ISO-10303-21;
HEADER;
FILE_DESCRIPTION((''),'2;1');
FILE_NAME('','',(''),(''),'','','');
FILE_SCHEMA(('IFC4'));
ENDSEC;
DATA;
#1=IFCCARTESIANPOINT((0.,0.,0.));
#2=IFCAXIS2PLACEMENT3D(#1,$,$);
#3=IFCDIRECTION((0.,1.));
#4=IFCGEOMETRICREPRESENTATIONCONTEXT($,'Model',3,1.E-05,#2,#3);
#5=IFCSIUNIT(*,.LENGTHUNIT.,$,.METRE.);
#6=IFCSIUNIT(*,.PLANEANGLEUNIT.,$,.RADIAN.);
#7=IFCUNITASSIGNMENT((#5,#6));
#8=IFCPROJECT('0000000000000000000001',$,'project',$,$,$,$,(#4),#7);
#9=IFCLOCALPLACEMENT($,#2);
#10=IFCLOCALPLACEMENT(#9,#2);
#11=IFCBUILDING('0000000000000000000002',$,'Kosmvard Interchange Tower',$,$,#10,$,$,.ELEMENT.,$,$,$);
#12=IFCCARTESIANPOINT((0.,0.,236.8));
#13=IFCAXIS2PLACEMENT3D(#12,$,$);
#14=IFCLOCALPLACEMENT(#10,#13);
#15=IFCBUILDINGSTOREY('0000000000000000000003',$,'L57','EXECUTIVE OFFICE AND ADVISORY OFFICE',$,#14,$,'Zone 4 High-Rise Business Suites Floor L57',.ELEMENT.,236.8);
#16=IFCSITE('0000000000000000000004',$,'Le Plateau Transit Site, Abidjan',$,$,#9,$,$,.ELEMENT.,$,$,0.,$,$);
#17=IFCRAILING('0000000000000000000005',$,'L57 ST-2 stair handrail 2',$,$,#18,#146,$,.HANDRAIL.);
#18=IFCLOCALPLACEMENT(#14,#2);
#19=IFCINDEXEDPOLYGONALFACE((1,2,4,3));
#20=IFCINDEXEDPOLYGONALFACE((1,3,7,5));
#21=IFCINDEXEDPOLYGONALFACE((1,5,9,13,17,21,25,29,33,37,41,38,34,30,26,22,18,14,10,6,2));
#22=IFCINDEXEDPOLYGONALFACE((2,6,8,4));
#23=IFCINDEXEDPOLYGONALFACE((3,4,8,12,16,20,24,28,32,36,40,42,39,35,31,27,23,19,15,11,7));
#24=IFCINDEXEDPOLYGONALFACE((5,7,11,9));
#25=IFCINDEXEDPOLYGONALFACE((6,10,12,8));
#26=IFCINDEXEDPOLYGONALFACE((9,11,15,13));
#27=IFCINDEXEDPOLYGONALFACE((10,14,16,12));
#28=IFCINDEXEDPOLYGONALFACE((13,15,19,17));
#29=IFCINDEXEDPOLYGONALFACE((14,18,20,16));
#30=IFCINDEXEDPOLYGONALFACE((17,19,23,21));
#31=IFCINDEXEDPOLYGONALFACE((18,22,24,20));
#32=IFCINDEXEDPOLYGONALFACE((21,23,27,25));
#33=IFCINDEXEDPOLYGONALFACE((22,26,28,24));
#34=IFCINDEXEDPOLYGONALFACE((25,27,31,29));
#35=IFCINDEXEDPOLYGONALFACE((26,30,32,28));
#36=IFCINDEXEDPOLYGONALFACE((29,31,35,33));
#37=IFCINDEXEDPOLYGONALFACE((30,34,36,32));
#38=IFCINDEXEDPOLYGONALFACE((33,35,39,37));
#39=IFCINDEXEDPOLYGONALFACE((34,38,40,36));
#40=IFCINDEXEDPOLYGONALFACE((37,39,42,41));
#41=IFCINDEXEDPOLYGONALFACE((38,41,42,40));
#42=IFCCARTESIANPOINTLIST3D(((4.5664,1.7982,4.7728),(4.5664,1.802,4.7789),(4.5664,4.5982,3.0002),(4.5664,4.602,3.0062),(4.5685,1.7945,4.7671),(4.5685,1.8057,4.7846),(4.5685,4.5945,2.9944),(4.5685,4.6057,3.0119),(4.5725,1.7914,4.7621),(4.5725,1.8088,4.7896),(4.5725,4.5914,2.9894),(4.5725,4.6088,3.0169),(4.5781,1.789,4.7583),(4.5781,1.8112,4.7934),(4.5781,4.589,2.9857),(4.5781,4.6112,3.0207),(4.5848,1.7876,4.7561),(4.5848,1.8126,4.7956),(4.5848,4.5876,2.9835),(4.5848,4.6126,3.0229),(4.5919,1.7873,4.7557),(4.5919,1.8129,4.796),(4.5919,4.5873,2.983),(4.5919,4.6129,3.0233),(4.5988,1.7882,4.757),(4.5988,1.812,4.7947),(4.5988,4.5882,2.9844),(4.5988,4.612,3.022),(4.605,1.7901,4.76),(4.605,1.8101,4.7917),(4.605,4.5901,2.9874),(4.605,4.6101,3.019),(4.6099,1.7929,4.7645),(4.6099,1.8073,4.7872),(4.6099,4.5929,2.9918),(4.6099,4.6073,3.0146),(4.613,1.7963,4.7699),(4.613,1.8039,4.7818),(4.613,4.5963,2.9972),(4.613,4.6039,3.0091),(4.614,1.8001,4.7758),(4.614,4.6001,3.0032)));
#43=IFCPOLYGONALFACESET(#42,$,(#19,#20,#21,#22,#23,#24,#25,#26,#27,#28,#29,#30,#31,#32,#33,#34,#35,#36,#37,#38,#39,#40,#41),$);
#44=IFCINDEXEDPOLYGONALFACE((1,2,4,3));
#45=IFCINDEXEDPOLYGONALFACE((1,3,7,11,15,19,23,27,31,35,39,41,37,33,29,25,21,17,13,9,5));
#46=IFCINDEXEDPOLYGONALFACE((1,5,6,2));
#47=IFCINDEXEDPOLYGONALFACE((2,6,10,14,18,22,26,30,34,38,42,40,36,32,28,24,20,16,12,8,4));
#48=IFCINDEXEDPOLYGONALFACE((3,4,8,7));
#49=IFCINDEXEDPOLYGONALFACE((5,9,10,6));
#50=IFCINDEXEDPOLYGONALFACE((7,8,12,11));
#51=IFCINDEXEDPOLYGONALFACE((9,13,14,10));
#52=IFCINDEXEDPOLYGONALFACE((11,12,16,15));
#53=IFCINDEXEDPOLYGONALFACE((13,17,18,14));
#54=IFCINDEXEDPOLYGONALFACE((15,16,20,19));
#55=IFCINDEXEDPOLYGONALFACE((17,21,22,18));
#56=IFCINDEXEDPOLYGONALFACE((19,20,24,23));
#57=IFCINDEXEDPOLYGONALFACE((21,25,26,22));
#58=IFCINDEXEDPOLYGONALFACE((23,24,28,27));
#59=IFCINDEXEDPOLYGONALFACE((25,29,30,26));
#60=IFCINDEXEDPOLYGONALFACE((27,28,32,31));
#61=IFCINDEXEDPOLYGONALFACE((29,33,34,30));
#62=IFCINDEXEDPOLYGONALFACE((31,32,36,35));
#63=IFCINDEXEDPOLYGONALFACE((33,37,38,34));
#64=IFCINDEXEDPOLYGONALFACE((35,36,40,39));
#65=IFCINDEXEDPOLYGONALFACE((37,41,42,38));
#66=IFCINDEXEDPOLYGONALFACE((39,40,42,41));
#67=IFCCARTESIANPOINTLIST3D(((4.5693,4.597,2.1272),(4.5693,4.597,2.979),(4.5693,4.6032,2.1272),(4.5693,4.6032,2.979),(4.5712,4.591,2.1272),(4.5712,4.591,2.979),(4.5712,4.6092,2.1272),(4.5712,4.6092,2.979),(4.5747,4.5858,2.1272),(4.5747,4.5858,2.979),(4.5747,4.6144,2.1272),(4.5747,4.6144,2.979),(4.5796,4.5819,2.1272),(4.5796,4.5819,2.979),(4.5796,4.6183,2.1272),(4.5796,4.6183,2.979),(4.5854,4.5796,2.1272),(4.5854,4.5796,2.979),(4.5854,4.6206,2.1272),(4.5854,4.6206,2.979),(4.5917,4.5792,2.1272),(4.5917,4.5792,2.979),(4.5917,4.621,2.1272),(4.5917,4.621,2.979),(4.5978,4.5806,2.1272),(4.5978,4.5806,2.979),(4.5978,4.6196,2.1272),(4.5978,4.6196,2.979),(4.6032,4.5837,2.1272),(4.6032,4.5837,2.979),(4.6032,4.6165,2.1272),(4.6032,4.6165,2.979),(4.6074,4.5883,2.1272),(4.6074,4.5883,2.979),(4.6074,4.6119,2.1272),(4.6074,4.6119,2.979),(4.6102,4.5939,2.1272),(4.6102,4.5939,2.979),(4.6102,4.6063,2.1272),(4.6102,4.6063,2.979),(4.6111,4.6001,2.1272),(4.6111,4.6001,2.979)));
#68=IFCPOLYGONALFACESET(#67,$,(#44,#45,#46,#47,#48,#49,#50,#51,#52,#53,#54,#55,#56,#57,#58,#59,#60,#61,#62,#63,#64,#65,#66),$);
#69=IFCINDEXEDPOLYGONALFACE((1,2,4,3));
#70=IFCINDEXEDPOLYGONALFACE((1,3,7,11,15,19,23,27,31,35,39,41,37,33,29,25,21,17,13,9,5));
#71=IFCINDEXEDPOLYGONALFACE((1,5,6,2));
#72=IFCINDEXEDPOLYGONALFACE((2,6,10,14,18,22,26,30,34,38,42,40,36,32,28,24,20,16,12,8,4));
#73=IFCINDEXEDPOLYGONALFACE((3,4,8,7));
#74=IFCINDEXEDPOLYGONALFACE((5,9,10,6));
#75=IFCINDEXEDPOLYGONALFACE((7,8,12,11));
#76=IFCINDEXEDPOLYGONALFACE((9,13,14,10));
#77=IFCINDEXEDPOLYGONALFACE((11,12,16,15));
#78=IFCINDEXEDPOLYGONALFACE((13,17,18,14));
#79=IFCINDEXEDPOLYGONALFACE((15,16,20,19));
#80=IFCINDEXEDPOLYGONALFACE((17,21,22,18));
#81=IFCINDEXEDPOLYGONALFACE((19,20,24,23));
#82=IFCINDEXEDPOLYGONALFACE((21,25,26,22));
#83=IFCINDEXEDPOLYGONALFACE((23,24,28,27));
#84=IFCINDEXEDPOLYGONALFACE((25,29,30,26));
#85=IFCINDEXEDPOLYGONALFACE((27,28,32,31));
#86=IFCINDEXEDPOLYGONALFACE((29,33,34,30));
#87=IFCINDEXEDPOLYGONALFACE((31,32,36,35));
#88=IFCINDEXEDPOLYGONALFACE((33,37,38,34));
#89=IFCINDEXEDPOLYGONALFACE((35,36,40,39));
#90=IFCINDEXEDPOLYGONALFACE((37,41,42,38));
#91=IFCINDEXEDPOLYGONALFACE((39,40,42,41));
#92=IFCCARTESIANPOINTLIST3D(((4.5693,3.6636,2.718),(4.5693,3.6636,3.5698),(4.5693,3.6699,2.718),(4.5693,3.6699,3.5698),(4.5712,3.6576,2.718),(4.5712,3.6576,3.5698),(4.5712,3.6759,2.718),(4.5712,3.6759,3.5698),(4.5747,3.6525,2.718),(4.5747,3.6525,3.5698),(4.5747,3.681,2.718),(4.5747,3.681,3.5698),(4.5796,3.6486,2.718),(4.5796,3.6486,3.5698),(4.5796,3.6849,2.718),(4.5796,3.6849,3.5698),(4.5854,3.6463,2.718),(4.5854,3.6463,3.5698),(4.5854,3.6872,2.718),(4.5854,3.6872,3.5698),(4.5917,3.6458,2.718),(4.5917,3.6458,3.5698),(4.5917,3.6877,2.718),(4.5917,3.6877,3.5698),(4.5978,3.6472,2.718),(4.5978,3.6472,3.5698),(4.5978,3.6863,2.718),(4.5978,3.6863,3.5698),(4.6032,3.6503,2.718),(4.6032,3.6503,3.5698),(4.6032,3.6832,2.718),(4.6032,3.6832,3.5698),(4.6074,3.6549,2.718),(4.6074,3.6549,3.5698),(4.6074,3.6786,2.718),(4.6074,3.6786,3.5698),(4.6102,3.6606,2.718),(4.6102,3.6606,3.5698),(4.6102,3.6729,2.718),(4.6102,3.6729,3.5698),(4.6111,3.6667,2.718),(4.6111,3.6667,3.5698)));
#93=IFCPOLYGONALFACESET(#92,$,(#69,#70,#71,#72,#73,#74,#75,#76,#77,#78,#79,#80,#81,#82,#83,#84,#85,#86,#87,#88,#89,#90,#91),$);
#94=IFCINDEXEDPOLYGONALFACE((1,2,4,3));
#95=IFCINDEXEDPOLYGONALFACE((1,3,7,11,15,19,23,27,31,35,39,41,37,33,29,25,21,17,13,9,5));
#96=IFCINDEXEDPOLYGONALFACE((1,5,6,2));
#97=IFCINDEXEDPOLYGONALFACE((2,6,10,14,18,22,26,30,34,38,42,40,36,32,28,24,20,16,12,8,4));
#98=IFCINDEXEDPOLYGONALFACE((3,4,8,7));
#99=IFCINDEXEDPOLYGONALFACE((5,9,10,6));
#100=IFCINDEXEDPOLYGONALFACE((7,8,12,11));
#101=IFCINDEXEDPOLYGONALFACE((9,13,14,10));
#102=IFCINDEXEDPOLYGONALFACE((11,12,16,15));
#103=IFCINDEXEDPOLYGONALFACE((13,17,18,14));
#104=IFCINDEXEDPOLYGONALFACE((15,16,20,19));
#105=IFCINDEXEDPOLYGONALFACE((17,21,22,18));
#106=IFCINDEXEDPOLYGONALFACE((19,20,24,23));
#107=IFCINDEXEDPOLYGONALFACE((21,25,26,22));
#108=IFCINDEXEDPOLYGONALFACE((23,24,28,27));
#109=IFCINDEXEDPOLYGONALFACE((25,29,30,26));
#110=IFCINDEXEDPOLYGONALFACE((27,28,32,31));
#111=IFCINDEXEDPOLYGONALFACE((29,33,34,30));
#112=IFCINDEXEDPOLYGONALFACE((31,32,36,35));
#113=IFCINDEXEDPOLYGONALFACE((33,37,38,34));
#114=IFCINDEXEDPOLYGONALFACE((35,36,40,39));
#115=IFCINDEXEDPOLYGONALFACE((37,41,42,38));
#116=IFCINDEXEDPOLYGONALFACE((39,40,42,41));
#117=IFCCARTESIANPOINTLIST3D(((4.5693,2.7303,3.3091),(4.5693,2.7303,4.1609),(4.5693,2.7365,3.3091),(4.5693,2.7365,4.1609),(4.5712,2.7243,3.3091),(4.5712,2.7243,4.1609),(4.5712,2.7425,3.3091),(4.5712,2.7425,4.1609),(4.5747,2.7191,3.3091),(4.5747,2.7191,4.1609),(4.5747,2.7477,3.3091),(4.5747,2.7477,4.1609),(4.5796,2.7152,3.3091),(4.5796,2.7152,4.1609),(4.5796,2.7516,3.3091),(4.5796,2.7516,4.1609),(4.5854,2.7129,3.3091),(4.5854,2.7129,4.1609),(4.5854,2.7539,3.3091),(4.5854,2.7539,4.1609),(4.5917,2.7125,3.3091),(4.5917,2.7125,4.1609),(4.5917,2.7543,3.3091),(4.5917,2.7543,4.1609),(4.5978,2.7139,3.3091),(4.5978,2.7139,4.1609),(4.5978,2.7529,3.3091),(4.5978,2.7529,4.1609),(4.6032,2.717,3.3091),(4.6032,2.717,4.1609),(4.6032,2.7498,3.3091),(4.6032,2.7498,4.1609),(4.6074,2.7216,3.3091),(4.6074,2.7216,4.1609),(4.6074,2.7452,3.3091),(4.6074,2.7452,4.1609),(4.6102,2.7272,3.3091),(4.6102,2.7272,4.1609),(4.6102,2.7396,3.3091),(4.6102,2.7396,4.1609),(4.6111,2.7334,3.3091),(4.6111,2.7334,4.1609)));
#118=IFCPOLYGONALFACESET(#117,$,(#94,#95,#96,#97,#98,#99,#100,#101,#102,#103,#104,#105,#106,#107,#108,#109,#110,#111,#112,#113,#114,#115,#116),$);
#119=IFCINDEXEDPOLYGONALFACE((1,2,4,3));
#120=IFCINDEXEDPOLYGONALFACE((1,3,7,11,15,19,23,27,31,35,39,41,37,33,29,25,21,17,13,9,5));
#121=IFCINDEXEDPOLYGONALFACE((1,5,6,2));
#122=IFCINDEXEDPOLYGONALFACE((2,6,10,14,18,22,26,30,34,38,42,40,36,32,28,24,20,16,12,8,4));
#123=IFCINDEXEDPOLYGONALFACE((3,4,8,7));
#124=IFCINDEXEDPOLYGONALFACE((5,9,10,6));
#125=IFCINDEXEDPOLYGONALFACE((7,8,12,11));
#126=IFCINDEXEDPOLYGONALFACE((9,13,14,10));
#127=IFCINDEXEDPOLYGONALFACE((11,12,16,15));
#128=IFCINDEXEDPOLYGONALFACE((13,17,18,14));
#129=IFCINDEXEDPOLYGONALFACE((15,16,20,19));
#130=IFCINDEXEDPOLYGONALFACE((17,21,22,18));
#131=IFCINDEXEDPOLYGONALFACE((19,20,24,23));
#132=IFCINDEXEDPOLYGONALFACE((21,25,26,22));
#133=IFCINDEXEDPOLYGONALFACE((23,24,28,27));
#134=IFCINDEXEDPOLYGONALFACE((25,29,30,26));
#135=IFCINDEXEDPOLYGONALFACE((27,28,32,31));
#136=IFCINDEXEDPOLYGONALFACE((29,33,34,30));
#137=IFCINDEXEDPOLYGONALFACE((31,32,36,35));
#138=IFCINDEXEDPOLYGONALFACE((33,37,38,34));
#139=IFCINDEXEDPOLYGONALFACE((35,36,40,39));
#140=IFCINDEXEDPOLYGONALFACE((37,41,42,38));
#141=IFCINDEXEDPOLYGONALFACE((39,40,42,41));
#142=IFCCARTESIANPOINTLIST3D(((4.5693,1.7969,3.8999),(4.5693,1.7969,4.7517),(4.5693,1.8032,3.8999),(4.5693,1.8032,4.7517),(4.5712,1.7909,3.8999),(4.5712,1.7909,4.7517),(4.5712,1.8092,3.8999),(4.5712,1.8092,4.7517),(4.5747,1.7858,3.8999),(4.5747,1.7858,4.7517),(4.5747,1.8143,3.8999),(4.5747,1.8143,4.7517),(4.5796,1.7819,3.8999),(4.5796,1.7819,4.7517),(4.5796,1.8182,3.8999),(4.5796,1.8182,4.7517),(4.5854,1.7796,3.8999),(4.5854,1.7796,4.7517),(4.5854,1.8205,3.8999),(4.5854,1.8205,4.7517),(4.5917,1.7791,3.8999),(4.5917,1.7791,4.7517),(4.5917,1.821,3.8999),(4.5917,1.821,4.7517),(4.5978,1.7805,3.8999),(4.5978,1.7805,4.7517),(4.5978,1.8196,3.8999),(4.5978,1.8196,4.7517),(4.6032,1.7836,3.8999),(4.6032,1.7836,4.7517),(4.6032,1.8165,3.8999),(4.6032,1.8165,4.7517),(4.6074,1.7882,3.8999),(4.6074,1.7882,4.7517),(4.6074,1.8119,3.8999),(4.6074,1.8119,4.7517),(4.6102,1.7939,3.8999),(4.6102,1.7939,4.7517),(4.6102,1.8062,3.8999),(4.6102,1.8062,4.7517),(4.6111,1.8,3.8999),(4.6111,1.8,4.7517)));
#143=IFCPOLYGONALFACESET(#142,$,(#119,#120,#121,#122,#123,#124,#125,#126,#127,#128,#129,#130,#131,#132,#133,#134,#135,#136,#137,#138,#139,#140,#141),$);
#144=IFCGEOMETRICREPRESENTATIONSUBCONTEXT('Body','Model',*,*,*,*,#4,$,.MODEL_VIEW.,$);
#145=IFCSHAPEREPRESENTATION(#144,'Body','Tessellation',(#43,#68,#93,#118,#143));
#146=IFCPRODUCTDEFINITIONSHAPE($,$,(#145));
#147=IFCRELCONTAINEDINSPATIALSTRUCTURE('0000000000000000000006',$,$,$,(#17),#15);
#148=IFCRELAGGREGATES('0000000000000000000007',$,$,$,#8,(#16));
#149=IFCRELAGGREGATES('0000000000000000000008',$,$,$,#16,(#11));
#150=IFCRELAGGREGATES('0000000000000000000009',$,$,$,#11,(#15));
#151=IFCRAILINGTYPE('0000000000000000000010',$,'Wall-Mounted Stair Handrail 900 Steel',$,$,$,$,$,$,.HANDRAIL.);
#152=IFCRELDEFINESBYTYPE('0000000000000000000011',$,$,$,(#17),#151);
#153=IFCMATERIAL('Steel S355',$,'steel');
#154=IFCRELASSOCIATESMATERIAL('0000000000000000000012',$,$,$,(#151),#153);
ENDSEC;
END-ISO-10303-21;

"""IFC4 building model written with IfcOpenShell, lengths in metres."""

from ifc_helpers import new_model, si_unit, direction, frame, origin, origin_2d, place, context, subcontext, project, spatial, circle, extrude, source, transform, mapped, material, type_object, element, save


model = new_model("IFC4")

# Units and contexts
model_context = context("Model", 3, precision=1e-05, world=origin(), true_north=direction((0.0, 1.0)))
body_context = subcontext(model_context, "Body", "Model", "MODEL_VIEW")
ifc_project = project(units=[si_unit("LENGTHUNIT", "METRE"), si_unit("PLANEANGLEUNIT", "RADIAN")], contexts=[model_context])

# Site, building, storey
site_placement = place(None, origin())
site = spatial("IfcSite", under=ifc_project, at=site_placement, Name="Le Plateau Transit Site, Abidjan", CompositionType="ELEMENT", RefElevation=0.0)
building_placement = place(site_placement, origin())
building = spatial("IfcBuilding", under=site, at=building_placement, Name="Kosmvard Interchange Tower", CompositionType="ELEMENT")
storey_placement = place(building_placement, frame((0.0, 0.0, 236.8)))
storey = spatial("IfcBuildingStorey", under=building, at=storey_placement, Name="L57", Description="EXECUTIVE OFFICE AND ADVISORY OFFICE", LongName="Zone 4 High-Rise Business Suites Floor L57", CompositionType="ELEMENT", Elevation=236.8)

# Shared definitions
ifc_material_1 = material(Name="Steel S355", Category="steel")

# Railing
railing_type_1 = type_object("IfcRailingType", Name="Wall-Mounted Stair Handrail 900 Steel", PredefinedType="HANDRAIL", material=ifc_material_1)
shared_shape_1 = source(origin(), body_context, "Body", "SweptSolid", [
    extrude(circle(Radius=0.0239, at=origin_2d()), frame((0.0, 0.0, 0.876), z_axis=(0.0, -0.844909, 0.53491), x_axis=(1.0, 0.0, 0.0)), (0.0, 0.0, 1.0), 3.314),
    extrude(circle(Radius=0.021, at=origin_2d()), origin(), (0.0, 0.0, 1.0), 0.8518),
    extrude(circle(Radius=0.021, at=origin_2d()), frame((0.0, -0.9333, 0.5908)), (0.0, 0.0, 1.0), 0.8518),
    extrude(circle(Radius=0.021, at=origin_2d()), frame((0.0, -1.8667, 1.1819)), (0.0, 0.0, 1.0), 0.8518),
    extrude(circle(Radius=0.021, at=origin_2d()), frame((0.0, -2.8, 1.7727)), (0.0, 0.0, 1.0), 0.8518),
])
railing_1_placement = place(storey_placement, frame((4.5901, 4.6001, 2.1272)))
element("IfcRailing", 1, at=railing_1_placement, inside=storey, type_object=railing_type_1, Name="L57 ST-2 stair handrail 2", PredefinedType="HANDRAIL", context=body_context, shape_type="MappedRepresentation", body=[
    mapped(shared_shape_1, transform((0.0, 0.0, 0.0), scale=1.0)),
])

save(model, "model.ifc")
